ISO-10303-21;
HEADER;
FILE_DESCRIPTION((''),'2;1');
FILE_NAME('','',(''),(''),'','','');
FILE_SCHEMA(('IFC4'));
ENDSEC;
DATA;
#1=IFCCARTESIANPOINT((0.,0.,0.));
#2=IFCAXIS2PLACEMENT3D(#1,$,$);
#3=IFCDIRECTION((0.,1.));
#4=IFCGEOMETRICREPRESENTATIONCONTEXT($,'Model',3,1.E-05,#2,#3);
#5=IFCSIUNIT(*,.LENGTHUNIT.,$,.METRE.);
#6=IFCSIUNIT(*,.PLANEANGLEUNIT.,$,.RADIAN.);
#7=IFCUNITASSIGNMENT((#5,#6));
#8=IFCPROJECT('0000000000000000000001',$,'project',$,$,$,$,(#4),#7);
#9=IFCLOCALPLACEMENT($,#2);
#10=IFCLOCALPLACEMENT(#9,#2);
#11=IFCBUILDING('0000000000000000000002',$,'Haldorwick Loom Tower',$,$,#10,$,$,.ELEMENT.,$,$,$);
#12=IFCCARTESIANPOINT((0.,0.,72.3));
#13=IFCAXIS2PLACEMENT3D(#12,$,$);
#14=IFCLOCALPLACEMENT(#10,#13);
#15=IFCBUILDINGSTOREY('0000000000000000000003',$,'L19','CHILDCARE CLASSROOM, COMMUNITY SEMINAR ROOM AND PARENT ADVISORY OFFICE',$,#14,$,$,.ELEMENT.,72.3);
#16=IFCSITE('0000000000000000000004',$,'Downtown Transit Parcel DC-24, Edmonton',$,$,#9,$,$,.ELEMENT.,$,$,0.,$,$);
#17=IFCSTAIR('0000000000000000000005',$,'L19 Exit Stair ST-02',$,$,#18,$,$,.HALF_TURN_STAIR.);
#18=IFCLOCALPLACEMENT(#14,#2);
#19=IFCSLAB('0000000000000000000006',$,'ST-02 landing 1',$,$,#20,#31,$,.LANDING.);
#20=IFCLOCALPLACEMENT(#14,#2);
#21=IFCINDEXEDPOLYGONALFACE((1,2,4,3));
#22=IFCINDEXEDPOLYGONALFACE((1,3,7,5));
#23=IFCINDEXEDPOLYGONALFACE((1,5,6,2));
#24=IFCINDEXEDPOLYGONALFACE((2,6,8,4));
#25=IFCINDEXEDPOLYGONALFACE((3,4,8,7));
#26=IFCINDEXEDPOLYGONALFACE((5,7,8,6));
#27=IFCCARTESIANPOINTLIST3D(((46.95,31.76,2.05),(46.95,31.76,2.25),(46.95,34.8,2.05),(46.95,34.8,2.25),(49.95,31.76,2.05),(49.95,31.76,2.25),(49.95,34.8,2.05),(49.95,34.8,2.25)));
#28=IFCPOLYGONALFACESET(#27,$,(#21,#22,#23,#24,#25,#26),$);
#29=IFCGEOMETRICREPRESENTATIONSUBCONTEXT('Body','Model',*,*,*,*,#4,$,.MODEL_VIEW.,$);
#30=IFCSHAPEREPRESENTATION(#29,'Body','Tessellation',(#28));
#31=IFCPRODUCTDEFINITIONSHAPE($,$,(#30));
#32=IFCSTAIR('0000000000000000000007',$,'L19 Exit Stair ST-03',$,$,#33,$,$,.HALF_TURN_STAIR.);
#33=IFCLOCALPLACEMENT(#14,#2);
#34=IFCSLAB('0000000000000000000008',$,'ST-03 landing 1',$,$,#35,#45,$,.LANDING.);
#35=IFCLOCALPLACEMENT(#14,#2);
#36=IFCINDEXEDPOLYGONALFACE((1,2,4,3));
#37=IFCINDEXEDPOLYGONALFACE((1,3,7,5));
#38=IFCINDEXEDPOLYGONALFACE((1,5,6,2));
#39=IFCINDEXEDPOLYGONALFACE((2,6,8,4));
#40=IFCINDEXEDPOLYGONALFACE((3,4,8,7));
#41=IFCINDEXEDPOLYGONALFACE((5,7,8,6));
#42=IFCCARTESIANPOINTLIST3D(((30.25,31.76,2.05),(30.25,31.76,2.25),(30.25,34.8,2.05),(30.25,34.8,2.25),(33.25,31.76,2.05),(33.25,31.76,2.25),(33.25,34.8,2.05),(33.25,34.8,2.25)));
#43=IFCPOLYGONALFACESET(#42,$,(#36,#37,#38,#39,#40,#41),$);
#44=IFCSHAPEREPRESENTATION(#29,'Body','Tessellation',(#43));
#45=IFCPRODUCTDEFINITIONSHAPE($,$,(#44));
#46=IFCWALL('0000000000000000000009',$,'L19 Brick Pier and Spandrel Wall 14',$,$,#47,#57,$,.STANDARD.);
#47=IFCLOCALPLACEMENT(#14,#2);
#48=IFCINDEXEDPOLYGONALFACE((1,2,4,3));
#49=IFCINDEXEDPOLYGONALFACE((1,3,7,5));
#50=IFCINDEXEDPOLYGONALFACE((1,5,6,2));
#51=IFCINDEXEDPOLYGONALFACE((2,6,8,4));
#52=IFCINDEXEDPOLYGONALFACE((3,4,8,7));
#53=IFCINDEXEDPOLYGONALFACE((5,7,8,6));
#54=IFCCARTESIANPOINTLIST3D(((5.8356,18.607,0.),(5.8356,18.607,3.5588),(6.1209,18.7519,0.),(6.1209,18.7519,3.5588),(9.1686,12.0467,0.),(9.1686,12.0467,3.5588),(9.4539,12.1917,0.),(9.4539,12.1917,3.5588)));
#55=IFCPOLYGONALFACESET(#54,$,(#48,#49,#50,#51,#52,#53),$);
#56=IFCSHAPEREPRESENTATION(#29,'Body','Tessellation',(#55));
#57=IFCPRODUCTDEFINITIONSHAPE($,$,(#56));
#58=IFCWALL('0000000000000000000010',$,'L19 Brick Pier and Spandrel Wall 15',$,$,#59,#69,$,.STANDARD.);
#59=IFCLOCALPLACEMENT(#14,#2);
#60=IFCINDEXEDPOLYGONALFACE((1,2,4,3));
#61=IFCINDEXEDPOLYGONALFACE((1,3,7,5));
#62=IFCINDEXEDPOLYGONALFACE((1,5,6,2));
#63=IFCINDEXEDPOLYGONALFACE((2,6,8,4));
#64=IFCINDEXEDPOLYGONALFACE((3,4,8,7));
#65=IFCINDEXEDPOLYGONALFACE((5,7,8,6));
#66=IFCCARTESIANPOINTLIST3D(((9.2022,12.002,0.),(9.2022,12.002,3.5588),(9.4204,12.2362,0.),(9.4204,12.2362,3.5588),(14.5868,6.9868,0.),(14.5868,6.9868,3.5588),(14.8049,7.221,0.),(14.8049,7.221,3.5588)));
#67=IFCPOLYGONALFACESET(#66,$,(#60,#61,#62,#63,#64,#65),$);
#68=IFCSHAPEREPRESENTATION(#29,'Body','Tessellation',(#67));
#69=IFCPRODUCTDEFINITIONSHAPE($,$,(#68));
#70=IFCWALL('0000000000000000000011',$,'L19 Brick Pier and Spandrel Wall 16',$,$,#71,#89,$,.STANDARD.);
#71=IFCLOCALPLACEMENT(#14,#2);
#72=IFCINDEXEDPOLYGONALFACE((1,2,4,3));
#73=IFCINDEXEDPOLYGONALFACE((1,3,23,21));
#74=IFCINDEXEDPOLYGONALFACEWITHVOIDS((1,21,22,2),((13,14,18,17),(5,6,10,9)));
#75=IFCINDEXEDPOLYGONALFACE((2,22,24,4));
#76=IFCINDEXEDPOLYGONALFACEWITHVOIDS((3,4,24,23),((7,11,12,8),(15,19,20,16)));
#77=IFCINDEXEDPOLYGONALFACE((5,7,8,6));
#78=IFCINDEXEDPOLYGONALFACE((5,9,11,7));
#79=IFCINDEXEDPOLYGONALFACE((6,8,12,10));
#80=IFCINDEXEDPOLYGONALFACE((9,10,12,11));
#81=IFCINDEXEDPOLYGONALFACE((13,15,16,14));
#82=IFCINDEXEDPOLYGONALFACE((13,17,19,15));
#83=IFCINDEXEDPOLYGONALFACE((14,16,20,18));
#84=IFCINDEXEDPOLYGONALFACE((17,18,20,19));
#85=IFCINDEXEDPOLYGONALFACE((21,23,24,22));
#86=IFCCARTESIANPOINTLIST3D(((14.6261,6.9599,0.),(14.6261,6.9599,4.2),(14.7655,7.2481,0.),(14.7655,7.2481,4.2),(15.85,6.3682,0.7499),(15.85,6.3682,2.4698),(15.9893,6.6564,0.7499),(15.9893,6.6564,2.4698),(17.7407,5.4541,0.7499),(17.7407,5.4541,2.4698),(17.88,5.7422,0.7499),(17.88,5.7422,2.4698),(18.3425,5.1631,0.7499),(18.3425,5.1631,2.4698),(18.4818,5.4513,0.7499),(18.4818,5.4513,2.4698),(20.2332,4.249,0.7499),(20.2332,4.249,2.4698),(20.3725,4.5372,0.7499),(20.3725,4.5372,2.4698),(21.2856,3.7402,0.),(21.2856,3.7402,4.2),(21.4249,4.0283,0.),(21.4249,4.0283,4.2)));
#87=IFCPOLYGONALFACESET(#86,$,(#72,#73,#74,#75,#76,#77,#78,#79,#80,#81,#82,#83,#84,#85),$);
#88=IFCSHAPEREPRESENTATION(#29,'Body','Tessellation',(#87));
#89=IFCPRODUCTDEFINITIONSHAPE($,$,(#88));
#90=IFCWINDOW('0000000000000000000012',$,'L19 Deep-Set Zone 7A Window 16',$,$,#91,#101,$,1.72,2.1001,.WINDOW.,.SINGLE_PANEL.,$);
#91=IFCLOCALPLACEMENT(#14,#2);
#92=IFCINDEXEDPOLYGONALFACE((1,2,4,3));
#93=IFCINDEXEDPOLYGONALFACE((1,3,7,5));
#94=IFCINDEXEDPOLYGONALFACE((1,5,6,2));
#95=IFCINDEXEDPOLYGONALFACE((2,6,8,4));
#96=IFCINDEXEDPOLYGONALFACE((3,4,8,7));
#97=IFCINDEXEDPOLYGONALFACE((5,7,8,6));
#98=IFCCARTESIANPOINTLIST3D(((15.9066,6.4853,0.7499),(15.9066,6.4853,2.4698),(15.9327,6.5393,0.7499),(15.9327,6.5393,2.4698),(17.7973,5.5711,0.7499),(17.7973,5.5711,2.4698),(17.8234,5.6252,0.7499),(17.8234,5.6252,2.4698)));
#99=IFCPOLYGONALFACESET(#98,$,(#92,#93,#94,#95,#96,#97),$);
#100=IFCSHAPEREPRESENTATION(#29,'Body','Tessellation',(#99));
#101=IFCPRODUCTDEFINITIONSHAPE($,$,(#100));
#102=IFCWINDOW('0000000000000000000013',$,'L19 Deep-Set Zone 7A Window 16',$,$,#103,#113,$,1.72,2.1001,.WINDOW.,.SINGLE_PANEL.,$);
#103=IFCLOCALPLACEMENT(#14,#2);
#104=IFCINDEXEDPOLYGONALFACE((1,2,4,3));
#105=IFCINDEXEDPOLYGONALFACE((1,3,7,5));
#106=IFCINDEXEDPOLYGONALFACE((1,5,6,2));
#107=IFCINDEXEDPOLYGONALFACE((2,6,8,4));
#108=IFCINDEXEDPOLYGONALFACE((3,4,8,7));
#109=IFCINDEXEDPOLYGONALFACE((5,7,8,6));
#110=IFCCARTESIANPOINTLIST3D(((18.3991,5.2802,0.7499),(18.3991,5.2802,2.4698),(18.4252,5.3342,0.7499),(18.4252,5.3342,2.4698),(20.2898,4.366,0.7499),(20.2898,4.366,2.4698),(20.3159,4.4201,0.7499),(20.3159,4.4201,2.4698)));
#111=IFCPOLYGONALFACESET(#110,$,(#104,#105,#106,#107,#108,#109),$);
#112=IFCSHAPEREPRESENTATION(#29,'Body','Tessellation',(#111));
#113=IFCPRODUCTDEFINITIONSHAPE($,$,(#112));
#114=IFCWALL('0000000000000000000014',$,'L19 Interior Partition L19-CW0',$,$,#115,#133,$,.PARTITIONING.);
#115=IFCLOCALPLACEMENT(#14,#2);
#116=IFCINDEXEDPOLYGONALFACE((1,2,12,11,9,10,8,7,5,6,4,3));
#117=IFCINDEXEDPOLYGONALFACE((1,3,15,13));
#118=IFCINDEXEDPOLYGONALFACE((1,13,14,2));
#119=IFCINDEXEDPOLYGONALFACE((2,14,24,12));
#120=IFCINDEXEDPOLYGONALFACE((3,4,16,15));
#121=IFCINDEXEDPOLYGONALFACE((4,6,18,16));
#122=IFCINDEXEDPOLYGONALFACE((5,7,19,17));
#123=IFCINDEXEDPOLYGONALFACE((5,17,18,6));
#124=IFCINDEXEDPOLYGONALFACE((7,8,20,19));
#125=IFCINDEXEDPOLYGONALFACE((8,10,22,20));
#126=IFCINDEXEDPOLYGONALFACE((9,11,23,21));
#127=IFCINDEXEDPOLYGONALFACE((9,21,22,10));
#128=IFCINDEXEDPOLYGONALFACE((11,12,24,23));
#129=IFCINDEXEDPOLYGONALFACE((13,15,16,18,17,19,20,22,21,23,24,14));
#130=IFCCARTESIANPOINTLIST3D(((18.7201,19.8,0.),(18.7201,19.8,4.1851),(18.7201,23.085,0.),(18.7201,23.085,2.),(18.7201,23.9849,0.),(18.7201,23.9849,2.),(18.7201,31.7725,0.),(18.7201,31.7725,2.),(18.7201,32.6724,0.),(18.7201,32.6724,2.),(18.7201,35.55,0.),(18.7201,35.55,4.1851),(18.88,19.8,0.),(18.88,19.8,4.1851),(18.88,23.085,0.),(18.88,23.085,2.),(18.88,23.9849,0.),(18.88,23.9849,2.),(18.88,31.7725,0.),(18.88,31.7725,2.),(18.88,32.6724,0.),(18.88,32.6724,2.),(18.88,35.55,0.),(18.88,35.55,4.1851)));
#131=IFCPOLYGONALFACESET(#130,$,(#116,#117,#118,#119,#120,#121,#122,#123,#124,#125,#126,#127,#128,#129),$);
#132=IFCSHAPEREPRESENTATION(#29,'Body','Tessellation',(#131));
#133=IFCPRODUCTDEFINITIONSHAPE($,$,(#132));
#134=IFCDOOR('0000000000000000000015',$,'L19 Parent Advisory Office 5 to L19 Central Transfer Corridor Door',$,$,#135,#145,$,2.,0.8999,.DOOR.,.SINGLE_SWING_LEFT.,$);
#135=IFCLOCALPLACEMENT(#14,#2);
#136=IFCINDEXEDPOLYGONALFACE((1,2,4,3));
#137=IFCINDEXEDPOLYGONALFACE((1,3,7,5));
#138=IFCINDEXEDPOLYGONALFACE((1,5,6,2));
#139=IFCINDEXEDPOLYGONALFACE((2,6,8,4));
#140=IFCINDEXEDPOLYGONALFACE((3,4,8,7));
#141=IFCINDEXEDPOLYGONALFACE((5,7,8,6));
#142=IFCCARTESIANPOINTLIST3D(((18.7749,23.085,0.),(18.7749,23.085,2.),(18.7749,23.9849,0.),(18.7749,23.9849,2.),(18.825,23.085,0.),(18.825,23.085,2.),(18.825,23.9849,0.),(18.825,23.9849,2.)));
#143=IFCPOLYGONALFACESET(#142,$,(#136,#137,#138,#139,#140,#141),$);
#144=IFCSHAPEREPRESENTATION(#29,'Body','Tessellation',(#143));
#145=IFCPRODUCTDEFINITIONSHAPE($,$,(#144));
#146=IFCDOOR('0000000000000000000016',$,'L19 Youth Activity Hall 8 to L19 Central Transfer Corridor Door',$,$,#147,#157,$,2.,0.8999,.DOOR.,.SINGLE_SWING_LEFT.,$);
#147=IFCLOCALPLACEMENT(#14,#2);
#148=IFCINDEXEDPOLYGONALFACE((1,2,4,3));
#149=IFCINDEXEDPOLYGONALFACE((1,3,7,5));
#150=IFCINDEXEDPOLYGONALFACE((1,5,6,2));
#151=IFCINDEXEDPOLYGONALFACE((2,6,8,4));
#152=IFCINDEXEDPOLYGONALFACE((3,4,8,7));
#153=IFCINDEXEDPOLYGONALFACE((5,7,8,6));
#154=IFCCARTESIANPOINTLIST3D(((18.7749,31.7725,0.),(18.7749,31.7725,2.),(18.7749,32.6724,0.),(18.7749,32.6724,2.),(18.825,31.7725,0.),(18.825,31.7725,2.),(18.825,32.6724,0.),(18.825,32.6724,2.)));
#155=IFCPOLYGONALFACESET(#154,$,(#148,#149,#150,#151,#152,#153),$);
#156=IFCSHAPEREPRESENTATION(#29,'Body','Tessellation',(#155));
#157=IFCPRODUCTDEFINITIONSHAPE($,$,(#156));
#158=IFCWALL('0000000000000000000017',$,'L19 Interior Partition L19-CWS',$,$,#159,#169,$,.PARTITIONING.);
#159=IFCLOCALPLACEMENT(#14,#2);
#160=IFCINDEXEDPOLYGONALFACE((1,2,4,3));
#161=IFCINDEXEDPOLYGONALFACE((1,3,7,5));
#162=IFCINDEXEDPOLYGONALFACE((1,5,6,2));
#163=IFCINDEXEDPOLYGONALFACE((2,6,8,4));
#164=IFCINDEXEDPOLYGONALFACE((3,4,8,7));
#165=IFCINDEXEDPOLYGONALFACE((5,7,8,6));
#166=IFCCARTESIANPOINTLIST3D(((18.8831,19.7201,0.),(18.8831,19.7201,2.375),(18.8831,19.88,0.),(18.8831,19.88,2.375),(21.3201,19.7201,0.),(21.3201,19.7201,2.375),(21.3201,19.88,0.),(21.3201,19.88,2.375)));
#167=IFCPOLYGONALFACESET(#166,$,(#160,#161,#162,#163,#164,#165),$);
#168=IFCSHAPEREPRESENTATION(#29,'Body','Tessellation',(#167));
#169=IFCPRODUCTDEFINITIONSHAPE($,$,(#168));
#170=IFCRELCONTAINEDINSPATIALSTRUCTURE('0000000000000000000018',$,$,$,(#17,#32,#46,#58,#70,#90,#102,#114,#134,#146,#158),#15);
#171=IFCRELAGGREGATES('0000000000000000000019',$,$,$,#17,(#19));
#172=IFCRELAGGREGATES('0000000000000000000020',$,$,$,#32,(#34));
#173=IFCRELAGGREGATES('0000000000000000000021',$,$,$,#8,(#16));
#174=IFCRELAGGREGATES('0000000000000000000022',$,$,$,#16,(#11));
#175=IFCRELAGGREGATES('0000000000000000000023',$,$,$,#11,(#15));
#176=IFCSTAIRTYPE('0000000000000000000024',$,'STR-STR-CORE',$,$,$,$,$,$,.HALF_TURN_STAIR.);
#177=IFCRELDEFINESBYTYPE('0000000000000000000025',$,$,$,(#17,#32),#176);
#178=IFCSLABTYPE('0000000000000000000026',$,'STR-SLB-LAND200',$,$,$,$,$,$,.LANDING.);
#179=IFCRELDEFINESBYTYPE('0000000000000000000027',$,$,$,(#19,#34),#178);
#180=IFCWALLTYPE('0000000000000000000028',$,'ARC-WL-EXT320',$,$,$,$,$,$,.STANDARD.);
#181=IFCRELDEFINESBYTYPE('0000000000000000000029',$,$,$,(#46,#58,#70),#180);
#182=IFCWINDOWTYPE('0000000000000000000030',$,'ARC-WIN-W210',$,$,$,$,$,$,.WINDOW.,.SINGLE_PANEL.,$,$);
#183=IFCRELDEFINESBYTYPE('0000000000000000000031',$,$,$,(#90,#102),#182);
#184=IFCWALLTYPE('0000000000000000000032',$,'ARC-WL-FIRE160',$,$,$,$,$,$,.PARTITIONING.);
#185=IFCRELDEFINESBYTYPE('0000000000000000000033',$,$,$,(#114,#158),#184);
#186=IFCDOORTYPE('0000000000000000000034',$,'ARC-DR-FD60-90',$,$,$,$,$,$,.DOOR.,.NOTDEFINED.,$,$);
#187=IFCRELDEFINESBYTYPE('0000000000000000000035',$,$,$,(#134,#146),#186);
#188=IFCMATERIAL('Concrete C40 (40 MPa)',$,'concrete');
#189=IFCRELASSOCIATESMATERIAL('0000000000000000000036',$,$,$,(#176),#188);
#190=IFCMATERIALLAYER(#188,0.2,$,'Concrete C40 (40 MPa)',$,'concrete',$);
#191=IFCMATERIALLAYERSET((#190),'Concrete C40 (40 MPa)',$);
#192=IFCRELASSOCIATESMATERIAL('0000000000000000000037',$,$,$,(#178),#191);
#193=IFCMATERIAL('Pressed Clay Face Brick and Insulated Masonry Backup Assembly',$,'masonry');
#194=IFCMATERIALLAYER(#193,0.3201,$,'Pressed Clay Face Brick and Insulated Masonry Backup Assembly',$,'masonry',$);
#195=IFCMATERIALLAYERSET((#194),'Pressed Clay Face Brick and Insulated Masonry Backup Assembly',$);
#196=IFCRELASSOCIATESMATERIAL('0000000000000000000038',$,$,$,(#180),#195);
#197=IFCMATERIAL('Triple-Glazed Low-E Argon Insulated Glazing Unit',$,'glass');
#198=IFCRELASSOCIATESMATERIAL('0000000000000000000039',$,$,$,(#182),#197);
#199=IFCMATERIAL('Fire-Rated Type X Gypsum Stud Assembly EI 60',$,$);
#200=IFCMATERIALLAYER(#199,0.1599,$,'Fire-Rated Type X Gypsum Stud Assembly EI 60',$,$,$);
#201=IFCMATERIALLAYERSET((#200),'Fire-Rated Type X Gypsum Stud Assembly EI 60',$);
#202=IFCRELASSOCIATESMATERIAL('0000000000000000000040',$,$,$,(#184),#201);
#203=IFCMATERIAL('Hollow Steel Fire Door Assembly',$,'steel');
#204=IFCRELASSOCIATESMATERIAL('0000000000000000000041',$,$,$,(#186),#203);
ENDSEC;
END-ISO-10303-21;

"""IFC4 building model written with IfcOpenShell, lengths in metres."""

from ifc_helpers import new_model, si_unit, direction, frame, frame_2d, origin, place, context, subcontext, project, spatial, polyline, rectangle, outline, extrude, material, layer, layer_set, type_object, element, fill, aggregate, save


model = new_model("IFC4")

# Units and contexts
model_context = context("Model", 3, precision=1e-05, world=origin(), true_north=direction((0.0, 1.0)))
body_context = subcontext(model_context, "Body", "Model", "MODEL_VIEW")
ifc_project = project(units=[si_unit("LENGTHUNIT", "METRE"), si_unit("PLANEANGLEUNIT", "RADIAN")], contexts=[model_context])

# Site, building, storey
site_placement = place(None, origin())
site = spatial("IfcSite", under=ifc_project, at=site_placement, Name="Downtown Transit Parcel DC-24, Edmonton", CompositionType="ELEMENT", RefElevation=0.0)
building_placement = place(site_placement, origin())
building = spatial("IfcBuilding", under=site, at=building_placement, Name="Haldorwick Loom Tower", CompositionType="ELEMENT")
storey_placement = place(building_placement, frame((0.0, 0.0, 72.3)))
storey = spatial("IfcBuildingStorey", under=building, at=storey_placement, Name="L19", Description="CHILDCARE CLASSROOM, COMMUNITY SEMINAR ROOM AND PARENT ADVISORY OFFICE", CompositionType="ELEMENT", Elevation=72.3)

# Shared definitions
ifc_material_1 = material(Name="Concrete C40 (40 MPa)", Category="concrete")

# Stairs, slabs
stair_type = type_object("IfcStairType", Name="STR-STR-CORE", PredefinedType="HALF_TURN_STAIR", material=ifc_material_1)
ifc_layer_1 = layer(ifc_material_1, 0.2, Name="Concrete C40 (40 MPa)", Category="concrete")
ifc_layer_set_1 = layer_set([ifc_layer_1], Name="Concrete C40 (40 MPa)")
slab_type_1 = type_object("IfcSlabType", Name="STR-SLB-LAND200", PredefinedType="LANDING", material=ifc_layer_set_1)
stair_1_placement = place(storey_placement, origin())
stair_1 = element("IfcStair", 1, at=stair_1_placement, inside=storey, type_object=stair_type, Name="L19 Exit Stair ST-02", PredefinedType="HALF_TURN_STAIR")
slab_1_placement = place(storey_placement, frame((0.0, 0.0, 2.05)))
slab_1 = element("IfcSlab", 2, at=slab_1_placement, type_object=slab_type_1, Name="ST-02 landing 1", PredefinedType="LANDING", context=body_context, shape_type="SweptSolid", body=[
    extrude(outline(polyline([(49.95, 31.76), (49.95, 34.8), (46.95, 34.8), (46.95, 31.76), (49.95, 31.76)])), origin(), (0.0, 0.0, 1.0), 0.2),
])
aggregate(stair_1, [slab_1])
stair_2_placement = place(storey_placement, origin())
stair_2 = element("IfcStair", 3, at=stair_2_placement, inside=storey, type_object=stair_type, Name="L19 Exit Stair ST-03", PredefinedType="HALF_TURN_STAIR")
slab_2_placement = place(storey_placement, frame((0.0, 0.0, 2.05)))
slab_2 = element("IfcSlab", 4, at=slab_2_placement, type_object=slab_type_1, Name="ST-03 landing 1", PredefinedType="LANDING", context=body_context, shape_type="SweptSolid", body=[
    extrude(outline(polyline([(33.25, 31.76), (33.25, 34.8), (30.25, 34.8), (30.25, 31.76), (33.25, 31.76)])), origin(), (0.0, 0.0, 1.0), 0.2),
])
aggregate(stair_2, [slab_2])

# Walls
ifc_material_2 = material(Name="Pressed Clay Face Brick and Insulated Masonry Backup Assembly", Category="masonry")
ifc_layer_2 = layer(ifc_material_2, 0.3201, Name="Pressed Clay Face Brick and Insulated Masonry Backup Assembly", Category="masonry")
ifc_layer_set_2 = layer_set([ifc_layer_2], Name="Pressed Clay Face Brick and Insulated Masonry Backup Assembly")
wall_type_1 = type_object("IfcWallType", Name="ARC-WL-EXT320", PredefinedType="STANDARD", material=ifc_layer_set_2)
for number, where, z_axis, x_axis, name in (
    (5, (5.9783, 18.6794, 0.0), (0.0, 0.0, 1.0), (0.452951, -0.891535, 0.0), "L19 Brick Pier and Spandrel Wall 14"),
    (6, (9.3113, 12.1191, 0.0), (0.0, 0.0, 1.0), (0.731761, -0.681561, 0.0), "L19 Brick Pier and Spandrel Wall 15"),
):
    element("IfcWall", number, at=place(storey_placement, frame(where, z_axis=z_axis, x_axis=x_axis)), inside=storey, type_object=wall_type_1, Name=name, PredefinedType="STANDARD", context=body_context, shape_type="SweptSolid", body=[
        extrude(rectangle(XDim=7.3584, YDim=0.3201, at=frame_2d((3.6792, 0.0))), origin(), (0.0, 0.0, 1.0), 3.5588),
    ])

# Wall, openings, windows
wall_1_placement = place(storey_placement, frame((14.6958, 7.104, 0.0), z_axis=(0.0, 0.0, 1.0), x_axis=(0.900296, -0.435279, 0.0)))
wall_1 = element("IfcWall", 7, at=wall_1_placement, inside=storey, type_object=wall_type_1, Name="L19 Brick Pier and Spandrel Wall 16", PredefinedType="STANDARD", context=body_context, shape_type="SweptSolid", body=[
    extrude(rectangle(XDim=7.397, YDim=0.3201, at=frame_2d((3.6985, 0.0))), origin(), (0.0, 0.0, 1.0), 4.2),
])
opening_1_placement = place(wall_1_placement, frame((1.3594, 0.0, 0.75)))
opening_1 = element("IfcOpeningElement", 8, at=opening_1_placement, cuts=wall_1, PredefinedType="OPENING", context=body_context, shape_type="SweptSolid", body=[
    extrude(rectangle(XDim=2.1001, YDim=1.72, at=frame_2d((1.05, 0.8599))), frame((0.0, 0.1699, 0.0), z_axis=(0.0, -1.0, 0.0), x_axis=(1.0, 0.0, 0.0)), (0.0, 0.0, 1.0), 0.3401),
])
opening_2_placement = place(wall_1_placement, frame((4.1279, 0.0, 0.75)))
opening_2 = element("IfcOpeningElement", 9, at=opening_2_placement, cuts=wall_1, PredefinedType="OPENING", context=body_context, shape_type="SweptSolid", body=[
    extrude(rectangle(XDim=2.1001, YDim=1.72, at=frame_2d((1.05, 0.8599))), frame((0.0, 0.1699, 0.0), z_axis=(0.0, -1.0, 0.0), x_axis=(1.0, 0.0, 0.0)), (0.0, 0.0, 1.0), 0.3401),
])
ifc_material_3 = material(Name="Triple-Glazed Low-E Argon Insulated Glazing Unit", Category="glass")
window_type = type_object("IfcWindowType", Name="ARC-WIN-W210", PartitioningType="SINGLE_PANEL", PredefinedType="WINDOW", material=ifc_material_3)
window_1_placement = place(opening_1_placement, origin())
window_1 = element("IfcWindow", 10, at=window_1_placement, inside=storey, type_object=window_type, Name="L19 Deep-Set Zone 7A Window 16", OverallHeight=1.72, OverallWidth=2.1001, PartitioningType="SINGLE_PANEL", PredefinedType="WINDOW", context=body_context, shape_type="SweptSolid", body=[
    extrude(rectangle(XDim=2.1001, YDim=1.72, at=frame_2d((1.05, 0.8599))), frame((0.0, 0.03, 0.0), z_axis=(0.0, -1.0, 0.0), x_axis=(1.0, 0.0, 0.0)), (0.0, 0.0, 1.0), 0.0601),
])
fill(opening_1, window_1)
window_2_placement = place(opening_2_placement, origin())
window_2 = element("IfcWindow", 11, at=window_2_placement, inside=storey, type_object=window_type, Name="L19 Deep-Set Zone 7A Window 16", OverallHeight=1.72, OverallWidth=2.1001, PartitioningType="SINGLE_PANEL", PredefinedType="WINDOW", context=body_context, shape_type="SweptSolid", body=[
    extrude(rectangle(XDim=2.1001, YDim=1.72, at=frame_2d((1.05, 0.8599))), frame((0.0, 0.03, 0.0), z_axis=(0.0, -1.0, 0.0), x_axis=(1.0, 0.0, 0.0)), (0.0, 0.0, 1.0), 0.0601),
])
fill(opening_2, window_2)

# Wall, openings, doors
ifc_material_4 = material(Name="Fire-Rated Type X Gypsum Stud Assembly EI 60")
ifc_layer_3 = layer(ifc_material_4, 0.1599, Name="Fire-Rated Type X Gypsum Stud Assembly EI 60")
ifc_layer_set_3 = layer_set([ifc_layer_3], Name="Fire-Rated Type X Gypsum Stud Assembly EI 60")
wall_type_2 = type_object("IfcWallType", Name="ARC-WL-FIRE160", PredefinedType="PARTITIONING", material=ifc_layer_set_3)
wall_2_placement = place(storey_placement, frame((18.8, 19.8, 0.0), z_axis=(0.0, 0.0, 1.0), x_axis=(0.0, 1.0, 0.0)))
wall_2 = element("IfcWall", 12, at=wall_2_placement, inside=storey, type_object=wall_type_2, Name="L19 Interior Partition L19-CW0", PredefinedType="PARTITIONING", context=body_context, shape_type="SweptSolid", body=[
    extrude(rectangle(XDim=15.75, YDim=0.1599, at=frame_2d((7.875, 0.0))), origin(), (0.0, 0.0, 1.0), 4.1851),
])
opening_3_placement = place(wall_2_placement, frame((3.2849, 0.0, 0.0)))
opening_3 = element("IfcOpeningElement", 13, at=opening_3_placement, cuts=wall_2, PredefinedType="OPENING", context=body_context, shape_type="SweptSolid", body=[
    extrude(rectangle(XDim=0.8999, YDim=2.0, at=frame_2d((0.45, 1.0))), frame((0.0, 0.0898, 0.0), z_axis=(0.0, -1.0, 0.0), x_axis=(1.0, 0.0, 0.0)), (0.0, 0.0, 1.0), 0.1799),
])
opening_4_placement = place(wall_2_placement, frame((11.9724, 0.0, 0.0)))
opening_4 = element("IfcOpeningElement", 14, at=opening_4_placement, cuts=wall_2, PredefinedType="OPENING", context=body_context, shape_type="SweptSolid", body=[
    extrude(rectangle(XDim=0.8999, YDim=2.0, at=frame_2d((0.45, 1.0))), frame((0.0, 0.0898, 0.0), z_axis=(0.0, -1.0, 0.0), x_axis=(1.0, 0.0, 0.0)), (0.0, 0.0, 1.0), 0.1799),
])
ifc_material_5 = material(Name="Hollow Steel Fire Door Assembly", Category="steel")
door_type = type_object("IfcDoorType", Name="ARC-DR-FD60-90", OperationType="NOTDEFINED", PredefinedType="DOOR", material=ifc_material_5)
door_1_placement = place(opening_3_placement, frame((0.8999, 0.0, 0.0), z_axis=(0.0, 0.0, 1.0), x_axis=(-1.0, 0.0, 0.0)))
door_1 = element("IfcDoor", 15, at=door_1_placement, inside=storey, type_object=door_type, Name="L19 Parent Advisory Office 5 to L19 Central Transfer Corridor Door", OperationType="SINGLE_SWING_LEFT", OverallHeight=2.0, OverallWidth=0.8999, PredefinedType="DOOR", context=body_context, shape_type="SweptSolid", body=[
    extrude(rectangle(XDim=0.8999, YDim=2.0, at=frame_2d((0.45, 1.0))), frame((0.0, 0.0249, 0.0), z_axis=(0.0, -1.0, 0.0), x_axis=(1.0, 0.0, 0.0)), (0.0, 0.0, 1.0), 0.05),
])
fill(opening_3, door_1)
door_2_placement = place(opening_4_placement, frame((0.8999, 0.0, 0.0), z_axis=(0.0, 0.0, 1.0), x_axis=(-1.0, 0.0, 0.0)))
door_2 = element("IfcDoor", 16, at=door_2_placement, inside=storey, type_object=door_type, Name="L19 Youth Activity Hall 8 to L19 Central Transfer Corridor Door", OperationType="SINGLE_SWING_LEFT", OverallHeight=2.0, OverallWidth=0.8999, PredefinedType="DOOR", context=body_context, shape_type="SweptSolid", body=[
    extrude(rectangle(XDim=0.8999, YDim=2.0, at=frame_2d((0.45, 1.0))), frame((0.0, 0.0249, 0.0), z_axis=(0.0, -1.0, 0.0), x_axis=(1.0, 0.0, 0.0)), (0.0, 0.0, 1.0), 0.05),
])
fill(opening_4, door_2)

# Wall
wall_3_placement = place(storey_placement, frame((18.8831, 19.8, 0.0), z_axis=(0.0, 0.0, 1.0), x_axis=(1.0, 0.0, 0.0)))
element("IfcWall", 17, at=wall_3_placement, inside=storey, type_object=wall_type_2, Name="L19 Interior Partition L19-CWS", PredefinedType="PARTITIONING", context=body_context, shape_type="SweptSolid", body=[
    extrude(rectangle(XDim=2.437, YDim=0.1599, at=frame_2d((1.2185, 0.0))), origin(), (0.0, 0.0, 1.0), 2.375),
])

save(model, "model.ifc")
